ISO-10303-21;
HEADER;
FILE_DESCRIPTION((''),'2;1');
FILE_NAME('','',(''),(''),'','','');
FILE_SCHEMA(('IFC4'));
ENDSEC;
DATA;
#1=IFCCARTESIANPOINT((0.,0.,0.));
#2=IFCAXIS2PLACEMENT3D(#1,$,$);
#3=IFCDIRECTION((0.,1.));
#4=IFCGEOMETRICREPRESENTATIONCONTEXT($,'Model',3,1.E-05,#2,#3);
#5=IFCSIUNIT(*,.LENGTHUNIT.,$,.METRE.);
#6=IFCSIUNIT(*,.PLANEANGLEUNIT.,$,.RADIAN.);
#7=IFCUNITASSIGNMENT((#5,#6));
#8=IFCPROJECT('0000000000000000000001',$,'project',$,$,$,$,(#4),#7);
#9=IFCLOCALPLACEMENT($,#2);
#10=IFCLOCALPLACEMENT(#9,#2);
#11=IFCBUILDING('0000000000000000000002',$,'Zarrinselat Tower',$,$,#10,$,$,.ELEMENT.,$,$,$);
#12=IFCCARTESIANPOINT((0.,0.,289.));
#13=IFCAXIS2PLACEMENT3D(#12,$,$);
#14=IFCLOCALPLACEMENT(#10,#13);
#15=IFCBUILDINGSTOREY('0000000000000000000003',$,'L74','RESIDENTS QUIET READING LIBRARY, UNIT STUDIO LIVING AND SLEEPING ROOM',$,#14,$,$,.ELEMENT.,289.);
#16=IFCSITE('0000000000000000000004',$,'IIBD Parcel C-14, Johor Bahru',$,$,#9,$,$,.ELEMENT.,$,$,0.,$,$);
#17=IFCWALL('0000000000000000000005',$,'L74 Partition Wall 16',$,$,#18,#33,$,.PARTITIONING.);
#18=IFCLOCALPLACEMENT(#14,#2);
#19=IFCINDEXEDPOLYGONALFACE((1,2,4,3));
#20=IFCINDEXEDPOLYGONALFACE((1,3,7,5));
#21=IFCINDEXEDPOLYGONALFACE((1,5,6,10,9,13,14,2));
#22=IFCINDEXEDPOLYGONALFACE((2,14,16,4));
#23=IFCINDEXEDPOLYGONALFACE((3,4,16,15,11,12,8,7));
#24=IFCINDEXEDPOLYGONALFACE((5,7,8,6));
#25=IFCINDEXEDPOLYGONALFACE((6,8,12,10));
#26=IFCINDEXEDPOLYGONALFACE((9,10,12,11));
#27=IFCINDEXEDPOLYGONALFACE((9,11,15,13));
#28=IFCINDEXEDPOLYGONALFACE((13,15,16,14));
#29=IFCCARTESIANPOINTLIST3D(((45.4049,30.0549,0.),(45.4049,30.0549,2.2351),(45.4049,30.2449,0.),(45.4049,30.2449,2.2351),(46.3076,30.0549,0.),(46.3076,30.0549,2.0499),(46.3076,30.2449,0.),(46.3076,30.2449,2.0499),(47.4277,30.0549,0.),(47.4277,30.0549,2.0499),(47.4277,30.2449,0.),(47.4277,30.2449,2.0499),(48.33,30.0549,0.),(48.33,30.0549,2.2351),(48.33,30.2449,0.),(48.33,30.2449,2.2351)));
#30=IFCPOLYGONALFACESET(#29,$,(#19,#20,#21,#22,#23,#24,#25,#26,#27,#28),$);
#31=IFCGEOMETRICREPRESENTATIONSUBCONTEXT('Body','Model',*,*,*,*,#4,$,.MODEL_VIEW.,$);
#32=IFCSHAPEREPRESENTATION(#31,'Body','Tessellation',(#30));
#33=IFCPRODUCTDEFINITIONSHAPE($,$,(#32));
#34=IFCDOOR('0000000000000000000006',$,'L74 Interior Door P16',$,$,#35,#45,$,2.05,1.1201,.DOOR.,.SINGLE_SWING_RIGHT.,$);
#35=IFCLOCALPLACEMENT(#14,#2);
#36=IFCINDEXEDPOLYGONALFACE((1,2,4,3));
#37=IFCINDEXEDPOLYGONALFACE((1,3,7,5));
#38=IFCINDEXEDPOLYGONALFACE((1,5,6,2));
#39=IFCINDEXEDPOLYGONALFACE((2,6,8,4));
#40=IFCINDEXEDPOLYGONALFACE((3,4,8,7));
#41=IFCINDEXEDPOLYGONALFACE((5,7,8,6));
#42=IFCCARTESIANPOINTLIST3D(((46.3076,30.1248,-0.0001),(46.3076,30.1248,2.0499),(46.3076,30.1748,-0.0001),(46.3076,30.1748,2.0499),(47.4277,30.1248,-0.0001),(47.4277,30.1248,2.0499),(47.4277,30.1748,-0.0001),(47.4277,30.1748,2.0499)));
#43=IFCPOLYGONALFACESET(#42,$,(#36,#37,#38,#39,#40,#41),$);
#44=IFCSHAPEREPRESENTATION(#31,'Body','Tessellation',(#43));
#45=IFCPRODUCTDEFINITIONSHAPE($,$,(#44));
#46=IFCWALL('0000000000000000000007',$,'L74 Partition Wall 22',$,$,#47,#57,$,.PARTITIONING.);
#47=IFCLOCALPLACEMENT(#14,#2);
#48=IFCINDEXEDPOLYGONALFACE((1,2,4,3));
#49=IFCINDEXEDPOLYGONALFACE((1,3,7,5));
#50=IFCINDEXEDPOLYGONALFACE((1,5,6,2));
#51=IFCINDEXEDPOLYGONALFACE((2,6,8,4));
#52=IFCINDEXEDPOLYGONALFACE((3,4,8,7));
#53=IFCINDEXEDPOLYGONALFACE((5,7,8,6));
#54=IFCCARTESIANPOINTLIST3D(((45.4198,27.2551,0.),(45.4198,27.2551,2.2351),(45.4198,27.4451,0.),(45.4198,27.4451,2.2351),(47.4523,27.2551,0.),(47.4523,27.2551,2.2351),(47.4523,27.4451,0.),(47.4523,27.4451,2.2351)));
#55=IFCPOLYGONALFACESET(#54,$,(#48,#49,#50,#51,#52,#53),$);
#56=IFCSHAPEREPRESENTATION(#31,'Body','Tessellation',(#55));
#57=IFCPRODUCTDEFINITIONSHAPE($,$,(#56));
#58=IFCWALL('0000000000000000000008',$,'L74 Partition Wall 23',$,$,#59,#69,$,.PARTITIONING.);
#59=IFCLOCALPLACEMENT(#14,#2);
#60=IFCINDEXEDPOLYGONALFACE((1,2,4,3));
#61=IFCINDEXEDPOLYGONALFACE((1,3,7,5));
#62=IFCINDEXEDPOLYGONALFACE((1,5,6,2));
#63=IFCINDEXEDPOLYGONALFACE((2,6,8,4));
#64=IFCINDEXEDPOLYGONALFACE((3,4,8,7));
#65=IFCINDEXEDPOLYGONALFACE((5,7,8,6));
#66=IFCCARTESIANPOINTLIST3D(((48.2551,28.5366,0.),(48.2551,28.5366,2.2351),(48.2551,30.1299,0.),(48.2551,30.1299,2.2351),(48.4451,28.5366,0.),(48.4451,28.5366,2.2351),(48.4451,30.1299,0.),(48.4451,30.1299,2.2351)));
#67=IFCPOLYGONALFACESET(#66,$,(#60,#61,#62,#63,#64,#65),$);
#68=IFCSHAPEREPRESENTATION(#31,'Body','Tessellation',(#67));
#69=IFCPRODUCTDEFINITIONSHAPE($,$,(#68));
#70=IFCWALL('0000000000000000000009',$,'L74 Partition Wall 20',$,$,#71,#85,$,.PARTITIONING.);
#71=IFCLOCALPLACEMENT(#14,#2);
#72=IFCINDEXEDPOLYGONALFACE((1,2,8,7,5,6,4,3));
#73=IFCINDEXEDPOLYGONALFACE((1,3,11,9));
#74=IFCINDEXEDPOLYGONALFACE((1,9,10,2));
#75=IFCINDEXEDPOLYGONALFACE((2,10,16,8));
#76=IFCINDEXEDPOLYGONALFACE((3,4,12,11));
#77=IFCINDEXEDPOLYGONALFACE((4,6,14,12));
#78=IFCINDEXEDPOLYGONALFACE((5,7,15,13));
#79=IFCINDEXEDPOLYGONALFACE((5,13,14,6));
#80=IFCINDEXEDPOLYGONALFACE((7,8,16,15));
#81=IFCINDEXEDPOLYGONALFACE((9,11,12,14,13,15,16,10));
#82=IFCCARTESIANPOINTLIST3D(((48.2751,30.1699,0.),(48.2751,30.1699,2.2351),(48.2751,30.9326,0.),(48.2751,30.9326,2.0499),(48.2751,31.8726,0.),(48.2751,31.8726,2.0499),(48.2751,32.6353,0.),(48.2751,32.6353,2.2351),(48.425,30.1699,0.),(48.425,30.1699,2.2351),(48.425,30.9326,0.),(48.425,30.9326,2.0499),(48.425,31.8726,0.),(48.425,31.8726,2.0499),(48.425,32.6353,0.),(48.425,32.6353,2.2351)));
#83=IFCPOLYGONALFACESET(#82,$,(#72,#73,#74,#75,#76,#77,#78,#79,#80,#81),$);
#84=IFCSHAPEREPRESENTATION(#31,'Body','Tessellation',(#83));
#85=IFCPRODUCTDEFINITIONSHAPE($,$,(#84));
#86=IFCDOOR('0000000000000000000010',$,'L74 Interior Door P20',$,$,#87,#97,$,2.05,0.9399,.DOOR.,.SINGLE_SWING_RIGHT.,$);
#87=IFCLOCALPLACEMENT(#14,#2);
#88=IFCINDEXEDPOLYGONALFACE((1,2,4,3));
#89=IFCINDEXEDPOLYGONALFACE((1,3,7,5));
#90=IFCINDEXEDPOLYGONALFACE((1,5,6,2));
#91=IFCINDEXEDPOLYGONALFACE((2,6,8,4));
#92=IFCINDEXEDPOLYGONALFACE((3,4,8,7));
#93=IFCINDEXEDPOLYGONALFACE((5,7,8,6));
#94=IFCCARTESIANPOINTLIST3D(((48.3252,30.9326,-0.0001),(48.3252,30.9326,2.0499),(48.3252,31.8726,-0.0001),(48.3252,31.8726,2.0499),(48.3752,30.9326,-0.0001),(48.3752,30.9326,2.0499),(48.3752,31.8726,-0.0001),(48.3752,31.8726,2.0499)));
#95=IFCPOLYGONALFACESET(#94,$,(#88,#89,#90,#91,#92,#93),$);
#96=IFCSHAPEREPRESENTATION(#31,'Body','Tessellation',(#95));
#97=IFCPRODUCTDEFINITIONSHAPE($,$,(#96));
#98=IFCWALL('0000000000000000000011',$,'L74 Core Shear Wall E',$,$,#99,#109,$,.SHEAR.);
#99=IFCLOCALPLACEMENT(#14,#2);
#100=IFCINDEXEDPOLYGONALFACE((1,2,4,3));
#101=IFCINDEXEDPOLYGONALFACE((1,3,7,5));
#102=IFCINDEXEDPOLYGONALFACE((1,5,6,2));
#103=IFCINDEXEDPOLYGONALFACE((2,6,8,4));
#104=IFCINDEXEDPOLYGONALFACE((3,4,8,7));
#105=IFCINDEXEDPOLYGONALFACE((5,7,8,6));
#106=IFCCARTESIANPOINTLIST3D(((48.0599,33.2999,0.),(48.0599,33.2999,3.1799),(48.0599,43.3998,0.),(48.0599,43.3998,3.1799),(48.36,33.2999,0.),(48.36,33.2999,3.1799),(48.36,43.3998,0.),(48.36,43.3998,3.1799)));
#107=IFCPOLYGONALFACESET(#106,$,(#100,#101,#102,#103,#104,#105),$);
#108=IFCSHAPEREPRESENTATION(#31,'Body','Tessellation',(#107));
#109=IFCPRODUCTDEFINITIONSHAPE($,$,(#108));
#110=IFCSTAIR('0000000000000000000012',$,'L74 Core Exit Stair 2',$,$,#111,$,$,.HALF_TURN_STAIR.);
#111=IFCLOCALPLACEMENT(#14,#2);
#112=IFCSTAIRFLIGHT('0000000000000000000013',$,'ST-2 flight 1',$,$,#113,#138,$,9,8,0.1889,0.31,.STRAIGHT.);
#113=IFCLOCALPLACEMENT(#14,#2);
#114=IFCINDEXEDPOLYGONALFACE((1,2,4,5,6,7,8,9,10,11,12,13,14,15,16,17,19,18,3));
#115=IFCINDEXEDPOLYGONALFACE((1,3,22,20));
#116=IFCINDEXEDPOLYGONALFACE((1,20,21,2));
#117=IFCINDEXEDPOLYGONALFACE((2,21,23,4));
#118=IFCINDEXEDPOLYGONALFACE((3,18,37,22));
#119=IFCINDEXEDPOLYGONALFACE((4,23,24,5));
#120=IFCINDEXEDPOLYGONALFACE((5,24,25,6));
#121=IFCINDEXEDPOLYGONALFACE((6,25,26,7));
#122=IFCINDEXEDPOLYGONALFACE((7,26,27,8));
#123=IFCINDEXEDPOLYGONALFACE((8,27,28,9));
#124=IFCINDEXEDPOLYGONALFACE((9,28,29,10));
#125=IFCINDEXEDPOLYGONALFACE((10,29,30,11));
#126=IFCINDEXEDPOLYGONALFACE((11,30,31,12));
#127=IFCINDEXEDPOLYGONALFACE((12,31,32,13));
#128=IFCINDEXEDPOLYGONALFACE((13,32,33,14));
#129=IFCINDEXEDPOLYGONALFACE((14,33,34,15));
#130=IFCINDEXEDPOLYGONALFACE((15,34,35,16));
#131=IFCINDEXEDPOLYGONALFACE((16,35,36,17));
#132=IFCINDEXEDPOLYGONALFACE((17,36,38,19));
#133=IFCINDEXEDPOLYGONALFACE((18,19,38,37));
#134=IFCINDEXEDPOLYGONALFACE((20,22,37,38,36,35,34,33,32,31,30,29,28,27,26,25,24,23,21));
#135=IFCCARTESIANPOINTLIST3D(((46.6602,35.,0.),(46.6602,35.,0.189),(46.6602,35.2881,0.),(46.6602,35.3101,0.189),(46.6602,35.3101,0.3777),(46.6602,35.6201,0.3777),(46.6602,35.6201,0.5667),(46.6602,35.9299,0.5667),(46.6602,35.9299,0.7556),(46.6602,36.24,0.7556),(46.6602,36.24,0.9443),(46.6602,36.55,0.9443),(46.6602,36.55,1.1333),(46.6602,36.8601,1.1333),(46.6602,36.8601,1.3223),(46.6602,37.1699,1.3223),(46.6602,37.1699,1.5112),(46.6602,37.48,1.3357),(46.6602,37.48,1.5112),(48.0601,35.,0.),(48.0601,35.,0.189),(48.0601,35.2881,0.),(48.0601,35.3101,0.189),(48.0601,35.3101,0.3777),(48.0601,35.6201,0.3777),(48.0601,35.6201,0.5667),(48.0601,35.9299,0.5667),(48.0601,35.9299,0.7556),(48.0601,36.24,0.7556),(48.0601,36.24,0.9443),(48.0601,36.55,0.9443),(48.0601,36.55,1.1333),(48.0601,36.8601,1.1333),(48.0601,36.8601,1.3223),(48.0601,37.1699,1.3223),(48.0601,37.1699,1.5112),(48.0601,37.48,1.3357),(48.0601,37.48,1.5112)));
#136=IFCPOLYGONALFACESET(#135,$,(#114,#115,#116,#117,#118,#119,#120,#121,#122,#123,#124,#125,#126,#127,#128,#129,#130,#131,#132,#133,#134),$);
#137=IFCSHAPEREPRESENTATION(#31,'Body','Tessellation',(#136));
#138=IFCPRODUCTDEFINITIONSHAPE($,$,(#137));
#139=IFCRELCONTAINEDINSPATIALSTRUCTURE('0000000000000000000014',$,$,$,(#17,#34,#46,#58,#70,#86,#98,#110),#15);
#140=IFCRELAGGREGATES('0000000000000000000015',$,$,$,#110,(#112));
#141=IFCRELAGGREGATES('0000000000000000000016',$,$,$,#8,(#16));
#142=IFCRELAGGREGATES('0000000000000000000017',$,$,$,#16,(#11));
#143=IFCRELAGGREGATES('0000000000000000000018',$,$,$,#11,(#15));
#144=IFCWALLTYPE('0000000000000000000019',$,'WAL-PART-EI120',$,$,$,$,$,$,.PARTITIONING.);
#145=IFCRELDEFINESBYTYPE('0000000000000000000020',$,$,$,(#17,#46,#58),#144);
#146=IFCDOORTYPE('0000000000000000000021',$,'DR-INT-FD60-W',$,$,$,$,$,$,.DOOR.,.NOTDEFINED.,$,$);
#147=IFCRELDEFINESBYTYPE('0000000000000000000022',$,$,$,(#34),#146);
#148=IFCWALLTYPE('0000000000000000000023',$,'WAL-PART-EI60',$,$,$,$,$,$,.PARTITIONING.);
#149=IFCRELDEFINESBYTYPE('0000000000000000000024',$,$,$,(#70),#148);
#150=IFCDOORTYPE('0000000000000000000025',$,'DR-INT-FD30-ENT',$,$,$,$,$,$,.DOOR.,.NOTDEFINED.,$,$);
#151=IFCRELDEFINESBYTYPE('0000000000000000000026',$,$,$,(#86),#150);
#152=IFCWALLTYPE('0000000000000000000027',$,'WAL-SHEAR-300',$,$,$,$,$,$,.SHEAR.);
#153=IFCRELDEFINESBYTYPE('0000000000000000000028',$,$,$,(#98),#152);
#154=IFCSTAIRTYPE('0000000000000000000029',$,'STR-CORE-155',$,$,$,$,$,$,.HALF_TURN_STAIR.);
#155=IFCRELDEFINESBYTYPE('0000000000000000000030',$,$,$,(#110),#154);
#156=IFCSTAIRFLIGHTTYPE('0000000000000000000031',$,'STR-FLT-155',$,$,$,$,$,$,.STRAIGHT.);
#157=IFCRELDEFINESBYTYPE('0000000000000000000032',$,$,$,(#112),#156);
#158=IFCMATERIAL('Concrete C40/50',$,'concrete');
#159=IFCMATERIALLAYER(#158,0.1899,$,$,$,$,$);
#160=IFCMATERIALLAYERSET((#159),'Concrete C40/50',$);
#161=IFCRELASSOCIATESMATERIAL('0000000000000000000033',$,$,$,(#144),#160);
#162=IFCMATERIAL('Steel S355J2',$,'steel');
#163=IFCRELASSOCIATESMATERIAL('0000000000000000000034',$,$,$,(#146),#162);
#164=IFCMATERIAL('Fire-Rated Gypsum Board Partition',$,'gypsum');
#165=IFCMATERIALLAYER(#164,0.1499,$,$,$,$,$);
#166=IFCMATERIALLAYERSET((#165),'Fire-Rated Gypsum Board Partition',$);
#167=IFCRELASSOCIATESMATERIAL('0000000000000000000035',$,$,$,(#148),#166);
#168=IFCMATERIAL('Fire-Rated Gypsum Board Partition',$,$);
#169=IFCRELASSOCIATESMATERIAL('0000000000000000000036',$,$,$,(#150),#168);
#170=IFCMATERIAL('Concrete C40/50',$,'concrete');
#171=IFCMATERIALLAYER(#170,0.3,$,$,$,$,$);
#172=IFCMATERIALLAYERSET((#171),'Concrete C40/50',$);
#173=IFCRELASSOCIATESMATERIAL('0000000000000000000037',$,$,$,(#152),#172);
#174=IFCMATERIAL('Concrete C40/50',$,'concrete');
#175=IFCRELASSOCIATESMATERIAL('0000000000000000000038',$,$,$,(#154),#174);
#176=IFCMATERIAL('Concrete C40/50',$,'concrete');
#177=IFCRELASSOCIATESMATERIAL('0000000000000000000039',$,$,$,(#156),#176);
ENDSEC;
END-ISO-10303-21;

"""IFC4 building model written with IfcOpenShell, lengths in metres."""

from ifc_helpers import new_model, si_unit, direction, frame, frame_2d, origin, place, context, subcontext, project, spatial, polyline, rectangle, outline, extrude, material, layer, layer_set, type_object, element, fill, aggregate, save


model = new_model("IFC4")

# Units and contexts
model_context = context("Model", 3, precision=1e-05, world=origin(), true_north=direction((0.0, 1.0)))
body_context = subcontext(model_context, "Body", "Model", "MODEL_VIEW")
ifc_project = project(units=[si_unit("LENGTHUNIT", "METRE"), si_unit("PLANEANGLEUNIT", "RADIAN")], contexts=[model_context])

# Site, building, storey
site_placement = place(None, origin())
site = spatial("IfcSite", under=ifc_project, at=site_placement, Name="IIBD Parcel C-14, Johor Bahru", CompositionType="ELEMENT", RefElevation=0.0)
building_placement = place(site_placement, origin())
building = spatial("IfcBuilding", under=site, at=building_placement, Name="Zarrinselat Tower", CompositionType="ELEMENT")
storey_placement = place(building_placement, frame((0.0, 0.0, 289.0)))
storey = spatial("IfcBuildingStorey", under=building, at=storey_placement, Name="L74", Description="RESIDENTS QUIET READING LIBRARY, UNIT STUDIO LIVING AND SLEEPING ROOM", CompositionType="ELEMENT", Elevation=289.0)

# Wall, opening, door
ifc_material_1 = material(Name="Concrete C40/50", Category="concrete")
ifc_layer_1 = layer(ifc_material_1, 0.1899)
ifc_layer_set_1 = layer_set([ifc_layer_1], Name="Concrete C40/50")
wall_type_1 = type_object("IfcWallType", Name="WAL-PART-EI120", PredefinedType="PARTITIONING", material=ifc_layer_set_1)
wall_1_placement = place(storey_placement, frame((45.405, 30.1499, 0.0), z_axis=(0.0, 0.0, 1.0), x_axis=(1.0, 0.0, 0.0)))
wall_1 = element("IfcWall", 1, at=wall_1_placement, inside=storey, type_object=wall_type_1, Name="L74 Partition Wall 16", PredefinedType="PARTITIONING", context=body_context, shape_type="SweptSolid", body=[
    extrude(rectangle(XDim=2.925, YDim=0.1899, at=frame_2d((1.4624, 0.0))), origin(), (0.0, 0.0, 1.0), 2.2351),
])
opening_1_placement = place(wall_1_placement, frame((0.9026, 0.0, 0.0)))
opening_1 = element("IfcOpeningElement", 2, at=opening_1_placement, cuts=wall_1, PredefinedType="OPENING", context=body_context, shape_type="SweptSolid", body=[
    extrude(rectangle(XDim=1.1201, YDim=2.05, at=frame_2d((0.5601, 1.0249))), frame((0.0, 0.105, 0.0), z_axis=(0.0, -1.0, 0.0), x_axis=(1.0, 0.0, 0.0)), (0.0, 0.0, 1.0), 0.21),
])
ifc_material_2 = material(Name="Steel S355J2", Category="steel")
door_type_1 = type_object("IfcDoorType", Name="DR-INT-FD60-W", OperationType="NOTDEFINED", PredefinedType="DOOR", material=ifc_material_2)
door_1_placement = place(opening_1_placement, origin())
door_1 = element("IfcDoor", 3, at=door_1_placement, inside=storey, type_object=door_type_1, Name="L74 Interior Door P16", OperationType="SINGLE_SWING_RIGHT", OverallHeight=2.05, OverallWidth=1.1201, PredefinedType="DOOR", context=body_context, shape_type="SweptSolid", body=[
    extrude(rectangle(XDim=1.1201, YDim=2.05, at=frame_2d((0.5601, 1.0249))), frame((0.0, 0.0249, 0.0), z_axis=(0.0, -1.0, 0.0), x_axis=(1.0, 0.0, 0.0)), (0.0, 0.0, 1.0), 0.05),
])
fill(opening_1, door_1)

# Walls
wall_2_placement = place(storey_placement, frame((45.4199, 27.3501, 0.0), z_axis=(0.0, 0.0, 1.0), x_axis=(1.0, 0.0, 0.0)))
element("IfcWall", 4, at=wall_2_placement, inside=storey, type_object=wall_type_1, Name="L74 Partition Wall 22", PredefinedType="PARTITIONING", context=body_context, shape_type="SweptSolid", body=[
    extrude(rectangle(XDim=2.0325, YDim=0.1899, at=frame_2d((1.0161, 0.0))), origin(), (0.0, 0.0, 1.0), 2.2351),
])
wall_3_placement = place(storey_placement, frame((48.3501, 28.5366, 0.0), z_axis=(0.0, 0.0, 1.0), x_axis=(0.0, 1.0, 0.0)))
element("IfcWall", 5, at=wall_3_placement, inside=storey, type_object=wall_type_1, Name="L74 Partition Wall 23", PredefinedType="PARTITIONING", context=body_context, shape_type="SweptSolid", body=[
    extrude(rectangle(XDim=1.5933, YDim=0.1899, at=frame_2d((0.7966, 0.0))), origin(), (0.0, 0.0, 1.0), 2.2351),
])

# Wall, opening, door
ifc_material_3 = material(Name="Fire-Rated Gypsum Board Partition", Category="gypsum")
ifc_layer_2 = layer(ifc_material_3, 0.1499)
ifc_layer_set_2 = layer_set([ifc_layer_2], Name="Fire-Rated Gypsum Board Partition")
wall_type_2 = type_object("IfcWallType", Name="WAL-PART-EI60", PredefinedType="PARTITIONING", material=ifc_layer_set_2)
wall_4_placement = place(storey_placement, frame((48.3501, 30.1699, 0.0), z_axis=(0.0, 0.0, 1.0), x_axis=(0.0, 1.0, 0.0)))
wall_4 = element("IfcWall", 6, at=wall_4_placement, inside=storey, type_object=wall_type_2, Name="L74 Partition Wall 20", PredefinedType="PARTITIONING", context=body_context, shape_type="SweptSolid", body=[
    extrude(rectangle(XDim=2.4653, YDim=0.1499, at=frame_2d((1.2327, 0.0))), origin(), (0.0, 0.0, 1.0), 2.2351),
])
opening_2_placement = place(wall_4_placement, frame((0.7627, 0.0, 0.0)))
opening_2 = element("IfcOpeningElement", 7, at=opening_2_placement, cuts=wall_4, PredefinedType="OPENING", context=body_context, shape_type="SweptSolid", body=[
    extrude(rectangle(XDim=0.9399, YDim=2.05, at=frame_2d((0.47, 1.0249))), frame((0.0, 0.085, 0.0), z_axis=(0.0, -1.0, 0.0), x_axis=(1.0, 0.0, 0.0)), (0.0, 0.0, 1.0), 0.1699),
])
ifc_material_4 = material(Name="Fire-Rated Gypsum Board Partition")
door_type_2 = type_object("IfcDoorType", Name="DR-INT-FD30-ENT", OperationType="NOTDEFINED", PredefinedType="DOOR", material=ifc_material_4)
door_2_placement = place(opening_2_placement, origin())
door_2 = element("IfcDoor", 8, at=door_2_placement, inside=storey, type_object=door_type_2, Name="L74 Interior Door P20", OperationType="SINGLE_SWING_RIGHT", OverallHeight=2.05, OverallWidth=0.9399, PredefinedType="DOOR", context=body_context, shape_type="SweptSolid", body=[
    extrude(rectangle(XDim=0.9399, YDim=2.05, at=frame_2d((0.47, 1.0249))), frame((0.0, 0.0249, 0.0), z_axis=(0.0, -1.0, 0.0), x_axis=(1.0, 0.0, 0.0)), (0.0, 0.0, 1.0), 0.05),
])
fill(opening_2, door_2)

# Wall
ifc_material_5 = material(Name="Concrete C40/50", Category="concrete")
ifc_layer_3 = layer(ifc_material_5, 0.3)
ifc_layer_set_3 = layer_set([ifc_layer_3], Name="Concrete C40/50")
wall_type_3 = type_object("IfcWallType", Name="WAL-SHEAR-300", PredefinedType="SHEAR", material=ifc_layer_set_3)
wall_5_placement = place(storey_placement, frame((48.21, 33.3, 0.0), z_axis=(0.0, 0.0, 1.0), x_axis=(0.0, 1.0, 0.0)))
element("IfcWall", 9, at=wall_5_placement, inside=storey, type_object=wall_type_3, Name="L74 Core Shear Wall E", PredefinedType="SHEAR", context=body_context, shape_type="SweptSolid", body=[
    extrude(rectangle(XDim=10.0999, YDim=0.3, at=frame_2d((5.0498, 0.0))), origin(), (0.0, 0.0, 1.0), 3.1799),
])

# Stair, stair flight
ifc_material_6 = material(Name="Concrete C40/50", Category="concrete")
stair_type = type_object("IfcStairType", Name="STR-CORE-155", PredefinedType="HALF_TURN_STAIR", material=ifc_material_6)
stair_placement = place(storey_placement, origin())
stair = element("IfcStair", 10, at=stair_placement, inside=storey, type_object=stair_type, Name="L74 Core Exit Stair 2", PredefinedType="HALF_TURN_STAIR")
ifc_material_7 = material(Name="Concrete C40/50", Category="concrete")
stair_flight_type = type_object("IfcStairFlightType", Name="STR-FLT-155", PredefinedType="STRAIGHT", material=ifc_material_7)
stair_flight_placement = place(storey_placement, frame((47.3601, 35.0, 0.0), z_axis=(0.0, 0.0, 1.0), x_axis=(0.0, 1.0, 0.0)))
stair_flight = element("IfcStairFlight", 11, at=stair_flight_placement, type_object=stair_flight_type, Name="ST-2 flight 1", NumberOfRisers=9, NumberOfTreads=8, PredefinedType="STRAIGHT", RiserHeight=0.1889, TreadLength=0.31, context=body_context, shape_type="SweptSolid", body=[
    extrude(outline(polyline([(0.0, 0.0), (0.0, 0.189), (0.3101, 0.189), (0.3101, 0.3777), (0.6201, 0.3777), (0.6201, 0.5667), (0.9299, 0.5667), (0.9299, 0.7556), (1.24, 0.7556), (1.24, 0.9443), (1.55, 0.9443), (1.55, 1.1333), (1.8601, 1.1333), (1.8601, 1.3223), (2.1699, 1.3223), (2.1699, 1.5112), (2.48, 1.5112), (2.48, 1.7), (2.48, 1.3357), (0.2881, 0.0), (0.0, 0.0)])), frame((0.0, 0.7, 0.0), z_axis=(0.0, -1.0, 0.0), x_axis=(1.0, 0.0, 0.0)), (0.0, 0.0, 1.0), 1.3999),
])
aggregate(stair, [stair_flight])

save(model, "model.ifc")
